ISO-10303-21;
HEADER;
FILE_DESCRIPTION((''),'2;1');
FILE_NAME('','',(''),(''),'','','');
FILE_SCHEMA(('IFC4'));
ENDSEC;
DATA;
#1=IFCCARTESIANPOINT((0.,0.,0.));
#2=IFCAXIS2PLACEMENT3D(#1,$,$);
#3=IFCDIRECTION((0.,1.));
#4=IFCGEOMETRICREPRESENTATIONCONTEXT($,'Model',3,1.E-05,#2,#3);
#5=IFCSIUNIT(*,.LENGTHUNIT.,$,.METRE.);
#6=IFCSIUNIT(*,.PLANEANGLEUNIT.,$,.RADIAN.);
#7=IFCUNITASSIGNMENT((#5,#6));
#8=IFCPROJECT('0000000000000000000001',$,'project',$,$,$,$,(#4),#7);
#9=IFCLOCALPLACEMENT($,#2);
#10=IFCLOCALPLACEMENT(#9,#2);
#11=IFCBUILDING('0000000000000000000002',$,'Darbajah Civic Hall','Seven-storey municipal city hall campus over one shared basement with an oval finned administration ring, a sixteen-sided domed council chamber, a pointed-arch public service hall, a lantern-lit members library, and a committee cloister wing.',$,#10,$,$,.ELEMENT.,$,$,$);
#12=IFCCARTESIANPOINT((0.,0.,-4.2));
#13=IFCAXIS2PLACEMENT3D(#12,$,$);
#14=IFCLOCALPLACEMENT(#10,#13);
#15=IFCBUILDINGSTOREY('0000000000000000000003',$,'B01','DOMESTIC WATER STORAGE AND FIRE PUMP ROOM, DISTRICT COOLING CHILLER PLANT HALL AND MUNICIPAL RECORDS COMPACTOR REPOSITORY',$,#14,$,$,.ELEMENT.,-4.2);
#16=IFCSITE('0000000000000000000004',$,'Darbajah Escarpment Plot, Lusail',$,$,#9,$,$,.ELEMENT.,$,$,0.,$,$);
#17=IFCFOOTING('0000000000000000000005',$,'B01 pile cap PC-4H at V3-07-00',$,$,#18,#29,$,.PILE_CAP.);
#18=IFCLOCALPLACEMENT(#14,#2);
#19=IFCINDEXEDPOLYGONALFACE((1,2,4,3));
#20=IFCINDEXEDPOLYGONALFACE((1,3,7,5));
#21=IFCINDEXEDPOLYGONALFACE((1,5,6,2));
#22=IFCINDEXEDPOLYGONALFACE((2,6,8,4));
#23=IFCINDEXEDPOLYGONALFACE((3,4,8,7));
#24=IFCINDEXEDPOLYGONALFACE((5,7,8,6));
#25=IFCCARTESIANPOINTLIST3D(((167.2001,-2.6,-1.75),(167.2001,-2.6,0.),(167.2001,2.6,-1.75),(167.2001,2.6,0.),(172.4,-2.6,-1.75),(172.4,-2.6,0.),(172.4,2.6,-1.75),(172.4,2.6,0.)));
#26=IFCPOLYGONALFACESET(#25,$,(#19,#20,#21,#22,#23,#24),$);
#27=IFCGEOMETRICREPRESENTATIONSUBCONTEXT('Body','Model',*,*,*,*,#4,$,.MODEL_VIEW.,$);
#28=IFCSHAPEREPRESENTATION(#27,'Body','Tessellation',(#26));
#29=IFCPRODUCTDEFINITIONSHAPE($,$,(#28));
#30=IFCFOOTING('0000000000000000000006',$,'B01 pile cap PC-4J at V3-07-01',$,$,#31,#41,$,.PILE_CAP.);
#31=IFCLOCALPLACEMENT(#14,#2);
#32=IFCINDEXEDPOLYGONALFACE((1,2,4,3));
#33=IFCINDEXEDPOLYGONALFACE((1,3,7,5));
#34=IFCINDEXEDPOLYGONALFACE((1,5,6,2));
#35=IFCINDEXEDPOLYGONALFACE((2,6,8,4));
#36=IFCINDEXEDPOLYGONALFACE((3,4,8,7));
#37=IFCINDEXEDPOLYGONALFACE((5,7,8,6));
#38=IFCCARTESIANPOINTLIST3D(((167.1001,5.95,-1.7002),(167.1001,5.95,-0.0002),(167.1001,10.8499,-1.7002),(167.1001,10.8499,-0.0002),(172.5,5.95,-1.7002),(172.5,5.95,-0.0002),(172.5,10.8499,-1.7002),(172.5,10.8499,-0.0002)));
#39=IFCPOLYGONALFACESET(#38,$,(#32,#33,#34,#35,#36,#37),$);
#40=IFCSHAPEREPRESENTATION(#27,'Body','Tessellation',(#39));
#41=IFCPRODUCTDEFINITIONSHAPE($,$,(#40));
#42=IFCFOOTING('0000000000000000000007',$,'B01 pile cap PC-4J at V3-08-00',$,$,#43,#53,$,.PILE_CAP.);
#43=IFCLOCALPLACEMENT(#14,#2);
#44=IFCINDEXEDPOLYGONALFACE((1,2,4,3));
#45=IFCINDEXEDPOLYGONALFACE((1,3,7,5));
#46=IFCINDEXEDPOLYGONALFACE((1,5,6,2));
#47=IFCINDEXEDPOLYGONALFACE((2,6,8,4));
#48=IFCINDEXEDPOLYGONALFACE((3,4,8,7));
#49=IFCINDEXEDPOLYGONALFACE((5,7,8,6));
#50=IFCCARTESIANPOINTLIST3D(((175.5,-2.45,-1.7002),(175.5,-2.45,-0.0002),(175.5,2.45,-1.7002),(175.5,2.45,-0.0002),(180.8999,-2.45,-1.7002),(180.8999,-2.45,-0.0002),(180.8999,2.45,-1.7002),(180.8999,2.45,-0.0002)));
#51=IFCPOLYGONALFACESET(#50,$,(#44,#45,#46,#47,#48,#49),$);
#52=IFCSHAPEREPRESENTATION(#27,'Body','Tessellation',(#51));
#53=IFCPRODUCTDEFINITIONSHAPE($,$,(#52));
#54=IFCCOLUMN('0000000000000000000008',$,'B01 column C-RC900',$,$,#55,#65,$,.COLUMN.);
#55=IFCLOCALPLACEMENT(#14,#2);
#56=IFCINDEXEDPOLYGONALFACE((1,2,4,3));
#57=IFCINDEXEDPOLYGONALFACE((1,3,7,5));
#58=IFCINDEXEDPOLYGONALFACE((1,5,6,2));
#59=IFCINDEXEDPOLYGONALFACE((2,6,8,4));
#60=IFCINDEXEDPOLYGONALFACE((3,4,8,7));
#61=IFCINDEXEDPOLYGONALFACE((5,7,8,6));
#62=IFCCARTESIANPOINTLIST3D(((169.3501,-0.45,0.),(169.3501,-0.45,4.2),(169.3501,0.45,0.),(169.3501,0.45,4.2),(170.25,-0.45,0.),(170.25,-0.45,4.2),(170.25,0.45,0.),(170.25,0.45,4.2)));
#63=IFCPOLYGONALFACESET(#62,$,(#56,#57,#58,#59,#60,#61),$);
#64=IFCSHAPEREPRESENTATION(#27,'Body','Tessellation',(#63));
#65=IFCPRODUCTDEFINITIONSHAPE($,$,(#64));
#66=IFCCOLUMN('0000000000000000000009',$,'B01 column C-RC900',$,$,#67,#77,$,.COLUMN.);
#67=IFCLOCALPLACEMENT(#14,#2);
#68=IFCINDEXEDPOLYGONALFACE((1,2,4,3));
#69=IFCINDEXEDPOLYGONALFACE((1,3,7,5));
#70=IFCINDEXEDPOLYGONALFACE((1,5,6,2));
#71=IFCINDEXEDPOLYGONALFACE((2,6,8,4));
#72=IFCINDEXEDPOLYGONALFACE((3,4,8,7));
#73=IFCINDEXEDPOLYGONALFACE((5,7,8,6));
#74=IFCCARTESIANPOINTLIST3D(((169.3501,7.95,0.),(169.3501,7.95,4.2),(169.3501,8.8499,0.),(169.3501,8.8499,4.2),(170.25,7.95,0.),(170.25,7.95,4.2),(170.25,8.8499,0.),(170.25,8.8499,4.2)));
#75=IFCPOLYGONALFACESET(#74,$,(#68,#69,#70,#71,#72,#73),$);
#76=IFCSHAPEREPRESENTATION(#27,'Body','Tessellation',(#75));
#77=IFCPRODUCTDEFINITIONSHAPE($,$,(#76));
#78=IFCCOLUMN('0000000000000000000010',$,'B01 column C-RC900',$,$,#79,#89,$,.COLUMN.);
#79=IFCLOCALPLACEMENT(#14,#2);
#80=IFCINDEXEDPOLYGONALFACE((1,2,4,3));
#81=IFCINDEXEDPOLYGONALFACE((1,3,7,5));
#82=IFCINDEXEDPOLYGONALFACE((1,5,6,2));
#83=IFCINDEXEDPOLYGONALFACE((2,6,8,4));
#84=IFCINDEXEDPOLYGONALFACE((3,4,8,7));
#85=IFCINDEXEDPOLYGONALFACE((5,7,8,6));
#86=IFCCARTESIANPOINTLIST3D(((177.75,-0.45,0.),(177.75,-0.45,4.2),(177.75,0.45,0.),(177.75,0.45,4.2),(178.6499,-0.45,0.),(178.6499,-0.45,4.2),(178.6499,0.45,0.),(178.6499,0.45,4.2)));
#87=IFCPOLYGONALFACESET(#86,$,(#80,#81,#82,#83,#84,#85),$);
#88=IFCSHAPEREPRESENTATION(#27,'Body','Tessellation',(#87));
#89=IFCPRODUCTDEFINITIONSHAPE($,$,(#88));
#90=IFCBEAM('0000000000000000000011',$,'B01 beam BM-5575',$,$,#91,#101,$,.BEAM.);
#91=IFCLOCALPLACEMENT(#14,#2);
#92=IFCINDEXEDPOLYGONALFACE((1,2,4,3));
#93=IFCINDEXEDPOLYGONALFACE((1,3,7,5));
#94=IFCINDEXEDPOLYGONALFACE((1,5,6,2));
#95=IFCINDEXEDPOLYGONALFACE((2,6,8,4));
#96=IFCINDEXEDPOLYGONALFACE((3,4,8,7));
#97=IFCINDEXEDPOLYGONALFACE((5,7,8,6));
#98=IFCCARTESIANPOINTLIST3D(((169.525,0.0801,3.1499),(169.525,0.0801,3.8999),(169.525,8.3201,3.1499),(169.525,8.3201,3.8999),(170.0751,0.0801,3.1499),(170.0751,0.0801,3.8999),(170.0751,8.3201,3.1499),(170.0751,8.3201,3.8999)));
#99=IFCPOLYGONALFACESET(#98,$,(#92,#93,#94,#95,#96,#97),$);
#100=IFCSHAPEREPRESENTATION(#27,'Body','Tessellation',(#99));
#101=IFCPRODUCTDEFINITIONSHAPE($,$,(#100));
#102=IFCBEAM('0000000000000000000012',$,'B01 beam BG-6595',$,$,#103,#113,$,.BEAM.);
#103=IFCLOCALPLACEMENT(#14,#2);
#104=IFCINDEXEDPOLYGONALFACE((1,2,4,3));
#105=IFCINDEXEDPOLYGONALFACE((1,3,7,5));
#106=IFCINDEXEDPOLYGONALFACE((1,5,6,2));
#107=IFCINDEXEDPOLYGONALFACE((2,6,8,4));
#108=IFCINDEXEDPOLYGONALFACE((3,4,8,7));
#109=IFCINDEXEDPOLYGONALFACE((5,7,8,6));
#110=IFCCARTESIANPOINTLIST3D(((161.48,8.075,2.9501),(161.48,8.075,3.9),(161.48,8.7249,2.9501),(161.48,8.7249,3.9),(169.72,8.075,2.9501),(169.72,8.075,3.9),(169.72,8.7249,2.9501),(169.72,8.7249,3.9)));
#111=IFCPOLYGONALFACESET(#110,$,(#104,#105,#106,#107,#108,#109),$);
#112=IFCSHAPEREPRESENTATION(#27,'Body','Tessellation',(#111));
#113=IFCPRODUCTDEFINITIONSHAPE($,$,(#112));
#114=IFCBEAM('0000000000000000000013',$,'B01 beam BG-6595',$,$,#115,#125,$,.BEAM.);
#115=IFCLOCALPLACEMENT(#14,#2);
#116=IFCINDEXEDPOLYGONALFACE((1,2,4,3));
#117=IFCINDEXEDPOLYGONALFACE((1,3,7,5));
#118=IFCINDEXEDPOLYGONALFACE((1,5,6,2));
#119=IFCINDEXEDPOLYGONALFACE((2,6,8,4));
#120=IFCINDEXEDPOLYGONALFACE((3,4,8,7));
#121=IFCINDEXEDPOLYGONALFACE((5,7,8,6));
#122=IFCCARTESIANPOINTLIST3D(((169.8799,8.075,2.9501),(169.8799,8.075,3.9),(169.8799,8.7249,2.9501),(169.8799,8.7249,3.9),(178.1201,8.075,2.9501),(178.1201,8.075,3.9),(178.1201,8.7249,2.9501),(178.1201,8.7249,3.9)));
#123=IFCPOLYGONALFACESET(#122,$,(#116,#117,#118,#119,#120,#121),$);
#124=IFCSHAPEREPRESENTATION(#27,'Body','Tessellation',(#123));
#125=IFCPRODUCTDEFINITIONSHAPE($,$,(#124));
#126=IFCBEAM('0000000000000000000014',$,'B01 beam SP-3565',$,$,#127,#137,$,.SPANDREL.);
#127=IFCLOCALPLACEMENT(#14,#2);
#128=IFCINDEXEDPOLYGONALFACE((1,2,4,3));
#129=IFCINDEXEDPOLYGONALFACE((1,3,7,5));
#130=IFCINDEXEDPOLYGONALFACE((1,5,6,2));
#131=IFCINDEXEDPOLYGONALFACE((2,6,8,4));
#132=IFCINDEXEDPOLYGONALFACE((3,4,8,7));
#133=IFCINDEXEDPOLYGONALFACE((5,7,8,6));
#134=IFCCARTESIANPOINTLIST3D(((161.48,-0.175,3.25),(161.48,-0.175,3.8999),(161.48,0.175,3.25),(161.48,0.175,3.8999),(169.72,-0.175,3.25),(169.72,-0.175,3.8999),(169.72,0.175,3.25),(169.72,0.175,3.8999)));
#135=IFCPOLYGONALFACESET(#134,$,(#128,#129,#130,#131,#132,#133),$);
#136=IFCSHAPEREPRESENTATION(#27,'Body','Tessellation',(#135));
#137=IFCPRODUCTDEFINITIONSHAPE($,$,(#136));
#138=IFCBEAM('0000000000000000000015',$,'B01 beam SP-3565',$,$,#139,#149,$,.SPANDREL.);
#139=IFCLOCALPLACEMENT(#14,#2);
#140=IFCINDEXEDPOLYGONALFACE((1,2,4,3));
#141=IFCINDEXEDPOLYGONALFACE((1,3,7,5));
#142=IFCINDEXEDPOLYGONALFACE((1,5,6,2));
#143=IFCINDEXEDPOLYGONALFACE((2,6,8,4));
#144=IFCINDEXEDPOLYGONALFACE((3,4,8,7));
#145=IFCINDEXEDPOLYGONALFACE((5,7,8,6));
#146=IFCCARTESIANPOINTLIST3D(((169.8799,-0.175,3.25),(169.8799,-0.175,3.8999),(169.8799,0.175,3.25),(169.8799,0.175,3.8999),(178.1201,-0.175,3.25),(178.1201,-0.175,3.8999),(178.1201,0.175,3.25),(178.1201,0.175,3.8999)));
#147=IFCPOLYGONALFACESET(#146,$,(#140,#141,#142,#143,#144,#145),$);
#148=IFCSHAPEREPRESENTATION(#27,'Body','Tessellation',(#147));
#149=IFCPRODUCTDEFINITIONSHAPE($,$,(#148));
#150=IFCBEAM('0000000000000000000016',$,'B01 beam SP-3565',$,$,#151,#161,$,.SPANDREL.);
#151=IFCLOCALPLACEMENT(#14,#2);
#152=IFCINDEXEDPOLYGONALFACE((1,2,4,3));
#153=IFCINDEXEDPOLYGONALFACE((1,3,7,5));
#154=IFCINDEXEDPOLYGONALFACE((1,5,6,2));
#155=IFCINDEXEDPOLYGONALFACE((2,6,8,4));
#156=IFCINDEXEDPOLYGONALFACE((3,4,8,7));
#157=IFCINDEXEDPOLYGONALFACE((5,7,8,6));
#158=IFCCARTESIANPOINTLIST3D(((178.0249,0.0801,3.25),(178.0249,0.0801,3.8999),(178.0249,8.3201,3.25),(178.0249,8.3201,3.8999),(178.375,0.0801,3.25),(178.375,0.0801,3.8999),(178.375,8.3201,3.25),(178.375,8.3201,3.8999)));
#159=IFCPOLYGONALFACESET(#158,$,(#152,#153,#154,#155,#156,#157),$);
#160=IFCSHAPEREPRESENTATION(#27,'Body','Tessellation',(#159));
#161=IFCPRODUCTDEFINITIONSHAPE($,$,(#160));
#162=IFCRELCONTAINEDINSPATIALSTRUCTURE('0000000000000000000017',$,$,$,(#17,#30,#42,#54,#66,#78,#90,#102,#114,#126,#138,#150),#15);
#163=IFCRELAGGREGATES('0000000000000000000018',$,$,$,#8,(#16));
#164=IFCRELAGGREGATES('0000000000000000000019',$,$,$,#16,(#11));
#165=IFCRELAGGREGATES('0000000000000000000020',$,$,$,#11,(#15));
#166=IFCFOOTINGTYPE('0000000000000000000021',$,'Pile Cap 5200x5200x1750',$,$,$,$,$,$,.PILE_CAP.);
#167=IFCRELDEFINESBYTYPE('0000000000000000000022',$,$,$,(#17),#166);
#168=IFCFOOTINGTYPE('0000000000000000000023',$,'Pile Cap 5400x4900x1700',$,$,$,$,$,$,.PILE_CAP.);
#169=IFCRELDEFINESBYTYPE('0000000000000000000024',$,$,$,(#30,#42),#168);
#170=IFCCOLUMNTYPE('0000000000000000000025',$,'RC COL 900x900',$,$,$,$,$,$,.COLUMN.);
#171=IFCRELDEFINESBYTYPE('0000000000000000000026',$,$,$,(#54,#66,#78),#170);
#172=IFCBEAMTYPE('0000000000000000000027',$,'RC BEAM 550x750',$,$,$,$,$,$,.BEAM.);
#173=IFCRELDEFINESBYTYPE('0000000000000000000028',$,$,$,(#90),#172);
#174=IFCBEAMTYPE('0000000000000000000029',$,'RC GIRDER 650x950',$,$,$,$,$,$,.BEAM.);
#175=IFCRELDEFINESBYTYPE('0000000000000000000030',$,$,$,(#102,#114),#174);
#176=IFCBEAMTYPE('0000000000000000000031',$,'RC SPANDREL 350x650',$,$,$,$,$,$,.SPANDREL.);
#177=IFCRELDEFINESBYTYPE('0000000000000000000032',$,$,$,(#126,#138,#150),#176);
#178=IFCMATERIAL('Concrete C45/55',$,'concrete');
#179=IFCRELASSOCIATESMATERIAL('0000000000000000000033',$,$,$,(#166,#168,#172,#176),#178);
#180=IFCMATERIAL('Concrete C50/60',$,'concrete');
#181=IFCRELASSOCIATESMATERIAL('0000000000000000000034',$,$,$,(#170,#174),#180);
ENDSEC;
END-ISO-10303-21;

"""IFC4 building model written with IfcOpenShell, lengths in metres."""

from ifc_helpers import new_model, si_unit, direction, frame, origin, origin_2d, place, context, subcontext, project, spatial, rectangle, extrude, material, material_profile, profile_set, type_object, element, save


model = new_model("IFC4")

# Units and contexts
model_context = context("Model", 3, precision=1e-05, world=origin(), true_north=direction((0.0, 1.0)))
body_context = subcontext(model_context, "Body", "Model", "MODEL_VIEW")
ifc_project = project(units=[si_unit("LENGTHUNIT", "METRE"), si_unit("PLANEANGLEUNIT", "RADIAN")], contexts=[model_context])

# Site, building, storey
site_placement = place(None, origin())
site = spatial("IfcSite", under=ifc_project, at=site_placement, Name="Darbajah Escarpment Plot, Lusail", CompositionType="ELEMENT", RefElevation=0.0)
building_placement = place(site_placement, origin())
building = spatial("IfcBuilding", under=site, at=building_placement, Name="Darbajah Civic Hall", Description="Seven-storey municipal city hall campus over one shared basement with an oval finned administration ring, a sixteen-sided domed council chamber, a pointed-arch public service hall, a lantern-lit members library, and a committee cloister wing.", CompositionType="ELEMENT")
storey_placement = place(building_placement, frame((0.0, 0.0, -4.2)))
storey = spatial("IfcBuildingStorey", under=building, at=storey_placement, Name="B01", Description="DOMESTIC WATER STORAGE AND FIRE PUMP ROOM, DISTRICT COOLING CHILLER PLANT HALL AND MUNICIPAL RECORDS COMPACTOR REPOSITORY", CompositionType="ELEMENT", Elevation=-4.2)

# Shared definitions
ifc_material_1 = material(Name="Concrete C45/55", Category="concrete")

# Footings
footing_type_1 = type_object("IfcFootingType", Name="Pile Cap 5200x5200x1750", PredefinedType="PILE_CAP", material=ifc_material_1)
footing_placement = place(storey_placement, frame((169.8, 0.0, -1.75), z_axis=(0.0, 0.0, 1.0), x_axis=(1.0, 0.0, 0.0)))
element("IfcFooting", 1, at=footing_placement, inside=storey, type_object=footing_type_1, Name="B01 pile cap PC-4H at V3-07-00", PredefinedType="PILE_CAP", context=body_context, shape_type="SweptSolid", body=[
    extrude(rectangle(XDim=5.2, YDim=5.2, at=origin_2d()), origin(), (0.0, 0.0, 1.0), 1.75),
])
footing_type_2 = type_object("IfcFootingType", Name="Pile Cap 5400x4900x1700", PredefinedType="PILE_CAP", material=ifc_material_1)
for number, where, z_axis, x_axis, name in (
    (2, (169.8, 8.3999, -1.7002), (0.0, 0.0, 1.0), (1.0, 0.0, 0.0), "B01 pile cap PC-4J at V3-07-01"),
    (3, (178.2, 0.0, -1.7002), (0.0, 0.0, 1.0), (1.0, 0.0, 0.0), "B01 pile cap PC-4J at V3-08-00"),
):
    element("IfcFooting", number, at=place(storey_placement, frame(where, z_axis=z_axis, x_axis=x_axis)), inside=storey, type_object=footing_type_2, Name=name, PredefinedType="PILE_CAP", context=body_context, shape_type="SweptSolid", body=[
        extrude(rectangle(XDim=5.3999, YDim=4.8999, at=origin_2d()), origin(), (0.0, 0.0, 1.0), 1.7),
    ])

# Columns
ifc_material_2 = material(Name="Concrete C50/60", Category="concrete")
ifc_material_profile_1 = material_profile(ifc_material_2, rectangle(XDim=0.8999, YDim=0.8999, at=origin_2d()), Name="RC COL 900x900")
ifc_profile_set_1 = profile_set([ifc_material_profile_1], Name="Concrete C50/60")
column_type = type_object("IfcColumnType", Name="RC COL 900x900", PredefinedType="COLUMN", material=ifc_profile_set_1)
for number, where, z_axis, x_axis, name in (
    (4, (169.8, 0.0, 0.0), (0.0, 0.0, 1.0), (1.0, 0.0, 0.0), "B01 column C-RC900"),
    (5, (169.8, 8.3999, 0.0), (0.0, 0.0, 1.0), (1.0, 0.0, 0.0), "B01 column C-RC900"),
    (6, (178.2, 0.0, 0.0), (0.0, 0.0, 1.0), (1.0, 0.0, 0.0), "B01 column C-RC900"),
):
    element("IfcColumn", number, at=place(storey_placement, frame(where, z_axis=z_axis, x_axis=x_axis)), inside=storey, type_object=column_type, Name=name, PredefinedType="COLUMN", context=body_context, shape_type="SweptSolid", body=[
        extrude(rectangle(XDim=0.8999, YDim=0.8999, at=origin_2d()), origin(), (0.0, 0.0, 1.0), 4.2),
    ])

# Beams
ifc_material_profile_2 = material_profile(ifc_material_1, rectangle(XDim=0.55, YDim=0.75, at=origin_2d()), Name="RC BEAM 550x750")
ifc_profile_set_2 = profile_set([ifc_material_profile_2], Name="Concrete C45/55")
beam_type_1 = type_object("IfcBeamType", Name="RC BEAM 550x750", PredefinedType="BEAM", material=ifc_profile_set_2)
beam_1_placement = place(storey_placement, frame((169.8, 0.0801, 3.5249), z_axis=(0.0, 1.0, 0.0), x_axis=(-1.0, 0.0, 0.0)))
element("IfcBeam", 7, at=beam_1_placement, inside=storey, type_object=beam_type_1, Name="B01 beam BM-5575", PredefinedType="BEAM", context=body_context, shape_type="SweptSolid", body=[
    extrude(rectangle(XDim=0.55, YDim=0.75, at=origin_2d()), origin(), (0.0, 0.0, 1.0), 8.24),
])
ifc_material_profile_3 = material_profile(ifc_material_2, rectangle(XDim=0.6499, YDim=0.95, at=origin_2d()), Name="RC GIRDER 650x950")
ifc_profile_set_3 = profile_set([ifc_material_profile_3], Name="Concrete C50/60")
beam_type_2 = type_object("IfcBeamType", Name="RC GIRDER 650x950", PredefinedType="BEAM", material=ifc_profile_set_3)
beam_2_placement = place(storey_placement, frame((161.48, 8.3999, 3.425), z_axis=(1.0, 0.0, 0.0), x_axis=(0.0, 1.0, 0.0)))
element("IfcBeam", 8, at=beam_2_placement, inside=storey, type_object=beam_type_2, Name="B01 beam BG-6595", PredefinedType="BEAM", context=body_context, shape_type="SweptSolid", body=[
    extrude(rectangle(XDim=0.6499, YDim=0.95, at=origin_2d()), origin(), (0.0, 0.0, 1.0), 8.24),
])
beam_3_placement = place(storey_placement, frame((169.8799, 8.3999, 3.425), z_axis=(1.0, 0.0, 0.0), x_axis=(0.0, 1.0, 0.0)))
element("IfcBeam", 9, at=beam_3_placement, inside=storey, type_object=beam_type_2, Name="B01 beam BG-6595", PredefinedType="BEAM", context=body_context, shape_type="SweptSolid", body=[
    extrude(rectangle(XDim=0.6499, YDim=0.95, at=origin_2d()), origin(), (0.0, 0.0, 1.0), 8.2402),
])
ifc_material_profile_4 = material_profile(ifc_material_1, rectangle(XDim=0.3501, YDim=0.6499, at=origin_2d()), Name="RC SPANDREL 350x650")
ifc_profile_set_4 = profile_set([ifc_material_profile_4], Name="Concrete C45/55")
beam_type_3 = type_object("IfcBeamType", Name="RC SPANDREL 350x650", PredefinedType="SPANDREL", material=ifc_profile_set_4)
beam_4_placement = place(storey_placement, frame((161.48, 0.0, 3.575), z_axis=(1.0, 0.0, 0.0), x_axis=(0.0, 1.0, 0.0)))
element("IfcBeam", 10, at=beam_4_placement, inside=storey, type_object=beam_type_3, Name="B01 beam SP-3565", PredefinedType="SPANDREL", context=body_context, shape_type="SweptSolid", body=[
    extrude(rectangle(XDim=0.3501, YDim=0.6499, at=origin_2d()), origin(), (0.0, 0.0, 1.0), 8.24),
])
beam_5_placement = place(storey_placement, frame((169.8799, 0.0, 3.575), z_axis=(1.0, 0.0, 0.0), x_axis=(0.0, 1.0, 0.0)))
element("IfcBeam", 11, at=beam_5_placement, inside=storey, type_object=beam_type_3, Name="B01 beam SP-3565", PredefinedType="SPANDREL", context=body_context, shape_type="SweptSolid", body=[
    extrude(rectangle(XDim=0.3501, YDim=0.6499, at=origin_2d()), origin(), (0.0, 0.0, 1.0), 8.2402),
])
beam_6_placement = place(storey_placement, frame((178.2, 0.0801, 3.575), z_axis=(0.0, 1.0, 0.0), x_axis=(-1.0, 0.0, 0.0)))
element("IfcBeam", 12, at=beam_6_placement, inside=storey, type_object=beam_type_3, Name="B01 beam SP-3565", PredefinedType="SPANDREL", context=body_context, shape_type="SweptSolid", body=[
    extrude(rectangle(XDim=0.3501, YDim=0.6499, at=origin_2d()), origin(), (0.0, 0.0, 1.0), 8.24),
])

save(model, "model.ifc")
